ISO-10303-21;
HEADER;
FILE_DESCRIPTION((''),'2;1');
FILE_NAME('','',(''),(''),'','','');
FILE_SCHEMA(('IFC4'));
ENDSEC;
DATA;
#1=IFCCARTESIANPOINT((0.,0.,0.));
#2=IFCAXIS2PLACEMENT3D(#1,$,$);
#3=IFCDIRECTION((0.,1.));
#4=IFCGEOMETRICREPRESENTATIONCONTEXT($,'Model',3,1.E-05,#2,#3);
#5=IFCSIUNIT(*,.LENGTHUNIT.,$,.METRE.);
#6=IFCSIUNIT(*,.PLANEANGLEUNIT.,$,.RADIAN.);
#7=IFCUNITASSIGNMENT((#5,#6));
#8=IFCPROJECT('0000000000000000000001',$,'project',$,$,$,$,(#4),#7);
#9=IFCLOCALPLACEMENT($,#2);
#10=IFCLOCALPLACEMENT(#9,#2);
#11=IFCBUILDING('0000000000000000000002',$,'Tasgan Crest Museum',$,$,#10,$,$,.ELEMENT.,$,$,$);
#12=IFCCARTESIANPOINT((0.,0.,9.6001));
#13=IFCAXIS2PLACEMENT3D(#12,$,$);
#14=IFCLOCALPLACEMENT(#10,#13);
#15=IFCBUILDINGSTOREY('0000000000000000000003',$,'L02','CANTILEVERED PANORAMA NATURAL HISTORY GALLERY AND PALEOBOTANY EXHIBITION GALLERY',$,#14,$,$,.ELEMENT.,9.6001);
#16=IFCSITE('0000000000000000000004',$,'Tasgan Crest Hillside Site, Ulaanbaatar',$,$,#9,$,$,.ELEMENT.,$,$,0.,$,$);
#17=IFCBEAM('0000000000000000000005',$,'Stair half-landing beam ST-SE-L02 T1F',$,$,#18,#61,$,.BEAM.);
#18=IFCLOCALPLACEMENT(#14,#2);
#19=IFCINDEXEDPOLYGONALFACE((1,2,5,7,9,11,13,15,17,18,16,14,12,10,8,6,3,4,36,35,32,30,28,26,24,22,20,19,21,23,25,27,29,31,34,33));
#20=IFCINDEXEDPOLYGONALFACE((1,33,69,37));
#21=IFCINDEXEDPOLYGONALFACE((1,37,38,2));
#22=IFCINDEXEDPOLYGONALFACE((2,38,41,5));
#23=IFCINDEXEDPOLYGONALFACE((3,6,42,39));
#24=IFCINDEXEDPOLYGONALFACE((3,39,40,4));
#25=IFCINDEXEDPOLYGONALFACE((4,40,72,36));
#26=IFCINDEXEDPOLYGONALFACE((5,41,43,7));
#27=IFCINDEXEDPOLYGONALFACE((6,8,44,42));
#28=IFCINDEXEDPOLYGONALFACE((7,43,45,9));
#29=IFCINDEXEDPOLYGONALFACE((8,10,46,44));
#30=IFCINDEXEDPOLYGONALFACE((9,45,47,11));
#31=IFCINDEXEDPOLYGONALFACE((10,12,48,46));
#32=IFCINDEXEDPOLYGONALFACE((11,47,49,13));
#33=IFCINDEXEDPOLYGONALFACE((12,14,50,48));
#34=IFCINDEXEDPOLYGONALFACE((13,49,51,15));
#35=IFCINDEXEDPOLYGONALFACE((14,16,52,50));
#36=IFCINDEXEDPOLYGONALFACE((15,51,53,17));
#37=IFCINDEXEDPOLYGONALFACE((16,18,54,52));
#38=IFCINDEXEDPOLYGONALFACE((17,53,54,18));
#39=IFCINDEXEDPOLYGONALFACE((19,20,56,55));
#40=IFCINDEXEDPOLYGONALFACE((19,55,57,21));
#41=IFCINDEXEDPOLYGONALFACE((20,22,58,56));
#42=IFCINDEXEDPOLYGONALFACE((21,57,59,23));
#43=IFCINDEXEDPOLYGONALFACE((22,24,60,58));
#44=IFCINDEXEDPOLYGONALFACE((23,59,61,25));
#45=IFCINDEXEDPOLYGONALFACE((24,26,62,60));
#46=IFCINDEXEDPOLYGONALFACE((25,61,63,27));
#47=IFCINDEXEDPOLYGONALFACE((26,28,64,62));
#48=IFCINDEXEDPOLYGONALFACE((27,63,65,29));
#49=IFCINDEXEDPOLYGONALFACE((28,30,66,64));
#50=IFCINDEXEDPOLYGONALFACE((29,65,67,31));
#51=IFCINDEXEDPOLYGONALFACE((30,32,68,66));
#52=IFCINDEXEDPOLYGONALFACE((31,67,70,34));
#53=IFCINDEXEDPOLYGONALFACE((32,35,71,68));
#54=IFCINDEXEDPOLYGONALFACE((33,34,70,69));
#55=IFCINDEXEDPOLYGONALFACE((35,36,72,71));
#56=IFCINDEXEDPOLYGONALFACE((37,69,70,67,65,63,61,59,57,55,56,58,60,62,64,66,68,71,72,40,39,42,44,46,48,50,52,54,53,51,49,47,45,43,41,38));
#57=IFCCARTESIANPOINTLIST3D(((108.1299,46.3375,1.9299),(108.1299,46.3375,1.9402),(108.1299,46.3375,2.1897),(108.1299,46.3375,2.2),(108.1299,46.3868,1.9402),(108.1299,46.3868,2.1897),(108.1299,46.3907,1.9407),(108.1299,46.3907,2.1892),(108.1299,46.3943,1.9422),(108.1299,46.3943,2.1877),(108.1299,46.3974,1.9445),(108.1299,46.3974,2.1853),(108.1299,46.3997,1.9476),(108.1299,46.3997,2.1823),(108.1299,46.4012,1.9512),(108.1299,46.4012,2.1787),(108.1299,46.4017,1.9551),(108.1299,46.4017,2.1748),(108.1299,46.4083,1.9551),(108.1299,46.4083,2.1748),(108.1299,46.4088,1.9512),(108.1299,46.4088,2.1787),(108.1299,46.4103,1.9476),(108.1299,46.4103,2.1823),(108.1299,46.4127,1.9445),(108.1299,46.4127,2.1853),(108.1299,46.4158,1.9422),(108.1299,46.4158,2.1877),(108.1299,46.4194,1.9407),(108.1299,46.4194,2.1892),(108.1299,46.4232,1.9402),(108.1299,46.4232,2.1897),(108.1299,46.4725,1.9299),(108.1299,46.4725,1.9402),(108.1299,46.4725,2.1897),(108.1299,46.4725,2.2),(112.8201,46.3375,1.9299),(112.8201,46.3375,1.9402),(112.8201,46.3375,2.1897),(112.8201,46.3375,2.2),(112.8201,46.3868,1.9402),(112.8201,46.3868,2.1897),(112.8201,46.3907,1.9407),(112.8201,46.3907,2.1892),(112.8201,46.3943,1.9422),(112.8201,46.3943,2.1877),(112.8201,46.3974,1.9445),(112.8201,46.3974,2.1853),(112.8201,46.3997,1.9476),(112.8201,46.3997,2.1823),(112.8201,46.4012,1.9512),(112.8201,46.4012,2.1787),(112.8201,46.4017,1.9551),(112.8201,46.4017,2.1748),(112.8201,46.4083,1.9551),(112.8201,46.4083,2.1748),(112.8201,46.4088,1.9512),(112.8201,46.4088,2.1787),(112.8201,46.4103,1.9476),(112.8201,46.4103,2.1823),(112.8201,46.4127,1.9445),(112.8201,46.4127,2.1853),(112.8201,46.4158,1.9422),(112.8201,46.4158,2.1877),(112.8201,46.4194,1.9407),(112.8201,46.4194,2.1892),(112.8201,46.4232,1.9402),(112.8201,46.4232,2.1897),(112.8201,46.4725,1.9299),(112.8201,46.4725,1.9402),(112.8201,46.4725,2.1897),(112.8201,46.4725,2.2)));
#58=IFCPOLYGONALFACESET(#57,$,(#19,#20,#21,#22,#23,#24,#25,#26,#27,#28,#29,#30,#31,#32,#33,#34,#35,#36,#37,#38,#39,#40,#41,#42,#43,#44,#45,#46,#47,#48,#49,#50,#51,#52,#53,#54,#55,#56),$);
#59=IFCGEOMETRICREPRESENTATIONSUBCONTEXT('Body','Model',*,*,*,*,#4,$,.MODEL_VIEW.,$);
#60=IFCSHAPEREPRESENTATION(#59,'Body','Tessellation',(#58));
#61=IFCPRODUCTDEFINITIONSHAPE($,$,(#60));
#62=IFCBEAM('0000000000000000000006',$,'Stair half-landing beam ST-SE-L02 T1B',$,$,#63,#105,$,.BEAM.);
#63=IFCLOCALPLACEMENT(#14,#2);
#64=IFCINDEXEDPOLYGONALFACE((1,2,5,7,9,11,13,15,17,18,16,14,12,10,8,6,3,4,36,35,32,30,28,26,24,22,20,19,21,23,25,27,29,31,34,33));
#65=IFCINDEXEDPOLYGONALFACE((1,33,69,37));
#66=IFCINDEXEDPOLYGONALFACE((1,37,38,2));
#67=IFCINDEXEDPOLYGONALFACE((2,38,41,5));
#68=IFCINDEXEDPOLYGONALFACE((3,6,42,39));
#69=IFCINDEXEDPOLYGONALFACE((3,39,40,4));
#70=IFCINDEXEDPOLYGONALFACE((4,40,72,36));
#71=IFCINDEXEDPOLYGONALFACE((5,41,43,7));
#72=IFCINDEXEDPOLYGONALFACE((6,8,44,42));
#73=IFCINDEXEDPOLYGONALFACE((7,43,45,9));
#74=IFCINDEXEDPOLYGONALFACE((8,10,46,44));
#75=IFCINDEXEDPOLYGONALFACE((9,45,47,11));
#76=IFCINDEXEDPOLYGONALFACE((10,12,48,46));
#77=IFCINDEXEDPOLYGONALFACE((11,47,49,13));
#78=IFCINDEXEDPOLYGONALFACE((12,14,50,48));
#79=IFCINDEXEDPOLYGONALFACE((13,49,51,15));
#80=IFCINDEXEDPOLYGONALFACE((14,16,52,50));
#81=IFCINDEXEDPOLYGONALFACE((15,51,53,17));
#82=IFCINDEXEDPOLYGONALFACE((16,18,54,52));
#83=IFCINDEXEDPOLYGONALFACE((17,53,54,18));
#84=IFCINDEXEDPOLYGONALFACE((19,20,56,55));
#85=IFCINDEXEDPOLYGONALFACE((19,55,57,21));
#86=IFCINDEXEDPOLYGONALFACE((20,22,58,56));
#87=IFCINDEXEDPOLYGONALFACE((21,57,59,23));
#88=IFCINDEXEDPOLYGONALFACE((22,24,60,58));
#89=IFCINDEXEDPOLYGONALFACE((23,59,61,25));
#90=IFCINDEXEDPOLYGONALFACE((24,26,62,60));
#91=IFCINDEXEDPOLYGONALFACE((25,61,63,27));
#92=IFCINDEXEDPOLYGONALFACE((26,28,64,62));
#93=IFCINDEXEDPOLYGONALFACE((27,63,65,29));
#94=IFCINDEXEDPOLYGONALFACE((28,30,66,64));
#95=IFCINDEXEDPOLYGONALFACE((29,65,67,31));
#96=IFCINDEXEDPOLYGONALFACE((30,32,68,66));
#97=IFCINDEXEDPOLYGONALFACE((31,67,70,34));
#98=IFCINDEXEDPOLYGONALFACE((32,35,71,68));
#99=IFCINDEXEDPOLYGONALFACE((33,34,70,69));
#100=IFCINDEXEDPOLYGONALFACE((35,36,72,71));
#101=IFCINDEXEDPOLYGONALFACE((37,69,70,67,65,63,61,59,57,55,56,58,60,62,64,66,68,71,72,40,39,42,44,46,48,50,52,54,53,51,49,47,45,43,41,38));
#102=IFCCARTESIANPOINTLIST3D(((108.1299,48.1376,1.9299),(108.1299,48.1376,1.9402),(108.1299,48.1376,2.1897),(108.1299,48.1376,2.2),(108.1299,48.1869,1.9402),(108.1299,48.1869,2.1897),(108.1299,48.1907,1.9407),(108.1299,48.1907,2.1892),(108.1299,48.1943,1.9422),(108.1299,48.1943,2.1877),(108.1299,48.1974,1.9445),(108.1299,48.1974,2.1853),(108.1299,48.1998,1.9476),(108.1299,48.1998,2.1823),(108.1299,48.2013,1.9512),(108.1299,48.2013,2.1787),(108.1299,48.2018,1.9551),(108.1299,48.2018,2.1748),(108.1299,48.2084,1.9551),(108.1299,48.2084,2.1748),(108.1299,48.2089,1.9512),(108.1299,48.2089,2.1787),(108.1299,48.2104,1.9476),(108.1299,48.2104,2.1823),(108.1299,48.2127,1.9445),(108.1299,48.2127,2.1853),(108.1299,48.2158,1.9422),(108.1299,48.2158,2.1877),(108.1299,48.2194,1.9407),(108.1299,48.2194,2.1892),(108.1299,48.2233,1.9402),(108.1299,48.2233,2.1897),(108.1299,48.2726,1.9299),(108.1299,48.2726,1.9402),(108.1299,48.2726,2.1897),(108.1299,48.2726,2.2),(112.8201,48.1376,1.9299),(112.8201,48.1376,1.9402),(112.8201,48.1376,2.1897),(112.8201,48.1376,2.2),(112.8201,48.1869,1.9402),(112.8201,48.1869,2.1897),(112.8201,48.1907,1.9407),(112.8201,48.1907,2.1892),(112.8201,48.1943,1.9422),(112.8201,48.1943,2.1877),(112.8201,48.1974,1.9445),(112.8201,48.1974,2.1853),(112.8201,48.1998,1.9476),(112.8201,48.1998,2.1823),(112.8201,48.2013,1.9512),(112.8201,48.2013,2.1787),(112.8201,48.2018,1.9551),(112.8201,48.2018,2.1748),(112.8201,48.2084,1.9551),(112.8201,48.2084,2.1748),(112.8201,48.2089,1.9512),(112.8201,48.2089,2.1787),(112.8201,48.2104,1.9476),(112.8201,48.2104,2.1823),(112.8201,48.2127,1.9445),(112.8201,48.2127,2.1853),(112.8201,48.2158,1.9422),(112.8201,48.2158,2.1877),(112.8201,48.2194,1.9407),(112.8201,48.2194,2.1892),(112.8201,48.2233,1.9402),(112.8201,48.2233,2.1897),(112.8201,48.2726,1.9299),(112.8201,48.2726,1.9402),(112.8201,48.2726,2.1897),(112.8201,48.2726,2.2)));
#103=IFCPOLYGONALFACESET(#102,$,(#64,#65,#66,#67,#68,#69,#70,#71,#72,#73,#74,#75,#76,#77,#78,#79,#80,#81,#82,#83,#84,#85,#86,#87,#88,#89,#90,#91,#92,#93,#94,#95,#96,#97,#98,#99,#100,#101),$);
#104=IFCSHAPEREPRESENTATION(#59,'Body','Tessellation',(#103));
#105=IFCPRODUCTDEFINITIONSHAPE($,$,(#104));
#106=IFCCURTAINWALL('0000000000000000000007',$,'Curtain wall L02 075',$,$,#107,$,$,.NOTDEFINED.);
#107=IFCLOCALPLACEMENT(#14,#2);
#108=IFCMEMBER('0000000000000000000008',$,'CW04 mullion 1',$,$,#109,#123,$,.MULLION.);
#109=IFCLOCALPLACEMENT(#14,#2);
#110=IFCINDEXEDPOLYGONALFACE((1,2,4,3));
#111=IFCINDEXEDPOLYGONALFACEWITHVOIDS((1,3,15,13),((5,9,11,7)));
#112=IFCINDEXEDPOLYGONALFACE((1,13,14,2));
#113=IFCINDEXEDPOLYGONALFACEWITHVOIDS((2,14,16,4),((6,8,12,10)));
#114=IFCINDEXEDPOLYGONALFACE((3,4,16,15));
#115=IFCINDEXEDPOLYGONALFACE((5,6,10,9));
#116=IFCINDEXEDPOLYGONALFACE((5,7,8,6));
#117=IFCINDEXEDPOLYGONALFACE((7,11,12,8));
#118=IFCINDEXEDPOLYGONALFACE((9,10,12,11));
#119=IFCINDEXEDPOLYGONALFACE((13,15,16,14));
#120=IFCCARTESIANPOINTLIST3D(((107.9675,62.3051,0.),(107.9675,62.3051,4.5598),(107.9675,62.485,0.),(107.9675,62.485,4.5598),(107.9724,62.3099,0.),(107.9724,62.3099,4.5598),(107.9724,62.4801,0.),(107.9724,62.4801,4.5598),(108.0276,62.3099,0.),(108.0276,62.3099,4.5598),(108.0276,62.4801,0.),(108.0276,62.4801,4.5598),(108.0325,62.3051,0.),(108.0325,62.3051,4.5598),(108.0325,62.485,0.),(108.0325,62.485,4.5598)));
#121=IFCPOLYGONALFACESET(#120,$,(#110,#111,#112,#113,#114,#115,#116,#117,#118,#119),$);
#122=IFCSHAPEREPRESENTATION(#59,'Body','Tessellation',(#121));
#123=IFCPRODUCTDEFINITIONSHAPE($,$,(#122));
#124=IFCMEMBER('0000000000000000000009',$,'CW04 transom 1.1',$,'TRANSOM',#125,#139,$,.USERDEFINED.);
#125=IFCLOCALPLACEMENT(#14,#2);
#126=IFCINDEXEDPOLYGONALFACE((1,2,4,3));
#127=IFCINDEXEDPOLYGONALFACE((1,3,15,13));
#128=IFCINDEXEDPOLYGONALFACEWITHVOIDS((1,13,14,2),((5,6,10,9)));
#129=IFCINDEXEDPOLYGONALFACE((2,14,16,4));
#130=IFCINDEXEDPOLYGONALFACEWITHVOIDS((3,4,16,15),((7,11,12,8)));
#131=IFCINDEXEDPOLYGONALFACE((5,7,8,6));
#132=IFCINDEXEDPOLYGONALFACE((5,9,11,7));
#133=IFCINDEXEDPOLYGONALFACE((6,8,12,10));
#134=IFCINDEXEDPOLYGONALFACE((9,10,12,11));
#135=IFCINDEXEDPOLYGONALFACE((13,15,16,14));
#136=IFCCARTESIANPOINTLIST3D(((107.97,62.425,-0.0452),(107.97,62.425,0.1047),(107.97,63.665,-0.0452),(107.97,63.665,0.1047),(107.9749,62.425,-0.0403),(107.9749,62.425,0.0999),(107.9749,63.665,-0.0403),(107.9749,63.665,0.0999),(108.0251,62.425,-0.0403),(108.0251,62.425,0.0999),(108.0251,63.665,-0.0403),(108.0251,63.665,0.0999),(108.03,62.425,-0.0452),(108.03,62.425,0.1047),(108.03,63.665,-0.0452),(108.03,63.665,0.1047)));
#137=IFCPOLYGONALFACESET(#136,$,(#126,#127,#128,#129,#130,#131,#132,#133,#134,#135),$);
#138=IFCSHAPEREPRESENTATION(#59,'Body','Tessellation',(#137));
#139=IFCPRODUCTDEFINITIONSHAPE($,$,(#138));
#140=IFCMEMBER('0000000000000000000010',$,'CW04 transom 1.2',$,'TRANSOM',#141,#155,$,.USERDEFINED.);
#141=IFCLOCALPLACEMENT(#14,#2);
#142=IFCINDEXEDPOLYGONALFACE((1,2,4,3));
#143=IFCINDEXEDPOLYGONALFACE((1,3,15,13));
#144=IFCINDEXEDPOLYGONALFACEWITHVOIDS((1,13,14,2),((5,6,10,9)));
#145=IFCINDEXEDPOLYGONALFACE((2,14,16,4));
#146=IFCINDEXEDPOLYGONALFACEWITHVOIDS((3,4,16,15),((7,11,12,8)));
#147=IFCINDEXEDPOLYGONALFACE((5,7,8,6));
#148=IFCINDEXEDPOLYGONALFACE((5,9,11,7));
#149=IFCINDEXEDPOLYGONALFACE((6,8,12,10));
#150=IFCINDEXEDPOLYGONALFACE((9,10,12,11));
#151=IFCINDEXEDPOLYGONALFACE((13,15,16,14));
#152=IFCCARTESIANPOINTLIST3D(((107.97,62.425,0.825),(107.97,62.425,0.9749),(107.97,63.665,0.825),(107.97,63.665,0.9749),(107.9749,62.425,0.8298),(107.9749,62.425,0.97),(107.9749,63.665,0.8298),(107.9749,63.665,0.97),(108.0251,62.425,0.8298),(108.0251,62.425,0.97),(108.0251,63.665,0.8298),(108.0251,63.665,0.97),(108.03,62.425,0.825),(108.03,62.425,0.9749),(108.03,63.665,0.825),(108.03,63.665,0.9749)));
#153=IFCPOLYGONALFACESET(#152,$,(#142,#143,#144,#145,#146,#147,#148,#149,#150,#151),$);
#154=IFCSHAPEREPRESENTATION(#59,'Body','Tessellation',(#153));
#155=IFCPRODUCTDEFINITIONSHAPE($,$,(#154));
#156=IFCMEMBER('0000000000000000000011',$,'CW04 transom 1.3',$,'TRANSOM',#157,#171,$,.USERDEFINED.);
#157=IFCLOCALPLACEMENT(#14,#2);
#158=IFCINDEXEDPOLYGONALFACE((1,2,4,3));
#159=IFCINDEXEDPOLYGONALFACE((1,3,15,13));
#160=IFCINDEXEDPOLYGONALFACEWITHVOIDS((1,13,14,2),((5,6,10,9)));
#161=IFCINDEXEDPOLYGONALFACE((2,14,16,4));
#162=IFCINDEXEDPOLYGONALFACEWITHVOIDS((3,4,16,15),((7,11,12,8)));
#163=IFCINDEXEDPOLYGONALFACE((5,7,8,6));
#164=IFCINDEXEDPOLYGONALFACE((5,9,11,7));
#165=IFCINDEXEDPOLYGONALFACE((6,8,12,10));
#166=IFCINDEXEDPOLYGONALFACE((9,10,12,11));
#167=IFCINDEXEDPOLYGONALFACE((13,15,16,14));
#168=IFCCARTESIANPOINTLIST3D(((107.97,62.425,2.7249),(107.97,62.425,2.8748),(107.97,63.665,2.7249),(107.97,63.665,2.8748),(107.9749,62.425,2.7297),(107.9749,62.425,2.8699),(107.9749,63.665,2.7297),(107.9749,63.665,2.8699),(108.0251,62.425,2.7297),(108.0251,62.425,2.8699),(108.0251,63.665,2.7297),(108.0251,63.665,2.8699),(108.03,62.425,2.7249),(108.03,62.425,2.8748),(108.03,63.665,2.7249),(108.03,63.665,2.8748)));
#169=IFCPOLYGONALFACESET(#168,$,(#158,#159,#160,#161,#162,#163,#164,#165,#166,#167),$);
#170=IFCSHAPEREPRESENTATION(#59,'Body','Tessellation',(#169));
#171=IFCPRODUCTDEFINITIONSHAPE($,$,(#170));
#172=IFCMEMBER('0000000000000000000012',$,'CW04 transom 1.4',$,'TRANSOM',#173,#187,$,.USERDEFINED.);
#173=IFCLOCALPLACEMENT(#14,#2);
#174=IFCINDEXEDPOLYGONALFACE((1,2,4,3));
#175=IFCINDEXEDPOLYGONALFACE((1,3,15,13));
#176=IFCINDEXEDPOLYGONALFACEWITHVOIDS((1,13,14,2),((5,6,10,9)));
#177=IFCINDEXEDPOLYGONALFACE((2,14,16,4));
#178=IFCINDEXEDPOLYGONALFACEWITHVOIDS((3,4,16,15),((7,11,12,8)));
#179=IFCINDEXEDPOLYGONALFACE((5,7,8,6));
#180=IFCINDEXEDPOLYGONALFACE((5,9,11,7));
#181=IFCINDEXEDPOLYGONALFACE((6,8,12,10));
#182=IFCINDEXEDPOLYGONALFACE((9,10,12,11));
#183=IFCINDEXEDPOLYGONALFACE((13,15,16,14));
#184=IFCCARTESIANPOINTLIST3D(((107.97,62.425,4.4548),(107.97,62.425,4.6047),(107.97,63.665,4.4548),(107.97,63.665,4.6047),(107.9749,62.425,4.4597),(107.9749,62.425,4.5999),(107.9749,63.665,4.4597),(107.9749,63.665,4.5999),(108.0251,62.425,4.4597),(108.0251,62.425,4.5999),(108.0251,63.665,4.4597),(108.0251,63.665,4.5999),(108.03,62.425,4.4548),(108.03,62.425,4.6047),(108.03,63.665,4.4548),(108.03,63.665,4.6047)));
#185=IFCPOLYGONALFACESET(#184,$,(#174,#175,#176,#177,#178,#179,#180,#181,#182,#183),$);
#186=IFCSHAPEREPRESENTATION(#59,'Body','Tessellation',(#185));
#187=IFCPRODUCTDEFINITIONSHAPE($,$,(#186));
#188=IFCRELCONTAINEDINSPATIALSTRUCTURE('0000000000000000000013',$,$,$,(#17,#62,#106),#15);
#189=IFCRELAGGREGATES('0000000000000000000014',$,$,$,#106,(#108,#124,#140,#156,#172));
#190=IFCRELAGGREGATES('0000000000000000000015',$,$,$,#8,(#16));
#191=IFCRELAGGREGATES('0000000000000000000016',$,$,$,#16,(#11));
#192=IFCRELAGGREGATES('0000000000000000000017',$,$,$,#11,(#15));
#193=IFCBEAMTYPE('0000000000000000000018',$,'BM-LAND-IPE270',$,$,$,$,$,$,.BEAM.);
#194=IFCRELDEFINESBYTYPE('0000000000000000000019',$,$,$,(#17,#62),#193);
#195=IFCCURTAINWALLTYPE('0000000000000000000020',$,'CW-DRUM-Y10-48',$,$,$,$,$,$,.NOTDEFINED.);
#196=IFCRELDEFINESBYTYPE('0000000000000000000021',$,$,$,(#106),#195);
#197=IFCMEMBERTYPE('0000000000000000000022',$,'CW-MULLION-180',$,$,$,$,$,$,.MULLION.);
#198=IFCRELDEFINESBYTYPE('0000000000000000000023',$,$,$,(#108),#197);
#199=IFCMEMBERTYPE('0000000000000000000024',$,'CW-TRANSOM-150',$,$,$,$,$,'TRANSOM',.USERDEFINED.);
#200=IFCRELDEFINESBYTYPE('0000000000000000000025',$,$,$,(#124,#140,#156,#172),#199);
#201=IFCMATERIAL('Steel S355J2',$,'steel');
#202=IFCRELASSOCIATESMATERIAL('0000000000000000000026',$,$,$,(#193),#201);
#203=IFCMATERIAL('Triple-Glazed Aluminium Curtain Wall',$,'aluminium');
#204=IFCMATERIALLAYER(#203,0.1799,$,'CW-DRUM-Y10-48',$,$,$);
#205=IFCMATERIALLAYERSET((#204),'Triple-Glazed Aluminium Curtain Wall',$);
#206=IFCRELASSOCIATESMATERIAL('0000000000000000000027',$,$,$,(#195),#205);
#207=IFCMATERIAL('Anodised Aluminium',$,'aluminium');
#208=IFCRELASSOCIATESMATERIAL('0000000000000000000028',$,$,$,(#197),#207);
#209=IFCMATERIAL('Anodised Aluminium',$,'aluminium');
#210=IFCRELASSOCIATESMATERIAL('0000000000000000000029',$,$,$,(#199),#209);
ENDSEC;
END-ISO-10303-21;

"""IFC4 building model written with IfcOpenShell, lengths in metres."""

from ifc_helpers import new_model, si_unit, direction, frame, origin, origin_2d, place, context, subcontext, project, spatial, hollow_rectangle, i_section, extrude, material, layer, layer_set, material_profile, profile_set, type_object, element, aggregate, save


model = new_model("IFC4")

# Units and contexts
model_context = context("Model", 3, precision=1e-05, world=origin(), true_north=direction((0.0, 1.0)))
body_context = subcontext(model_context, "Body", "Model", "MODEL_VIEW")
ifc_project = project(units=[si_unit("LENGTHUNIT", "METRE"), si_unit("PLANEANGLEUNIT", "RADIAN")], contexts=[model_context])

# Site, building, storey
site_placement = place(None, origin())
site = spatial("IfcSite", under=ifc_project, at=site_placement, Name="Tasgan Crest Hillside Site, Ulaanbaatar", CompositionType="ELEMENT", RefElevation=0.0)
building_placement = place(site_placement, origin())
building = spatial("IfcBuilding", under=site, at=building_placement, Name="Tasgan Crest Museum", CompositionType="ELEMENT")
storey_placement = place(building_placement, frame((0.0, 0.0, 9.6001)))
storey = spatial("IfcBuildingStorey", under=building, at=storey_placement, Name="L02", Description="CANTILEVERED PANORAMA NATURAL HISTORY GALLERY AND PALEOBOTANY EXHIBITION GALLERY", CompositionType="ELEMENT", Elevation=9.6001)

# Beams
ifc_material_1 = material(Name="Steel S355J2", Category="steel")
ifc_material_profile_1 = material_profile(ifc_material_1, i_section(OverallWidth=0.135, OverallDepth=0.27, WebThickness=0.0066, FlangeThickness=0.0103, FilletRadius=0.0149, at=origin_2d()), Name="IPE 270")
ifc_profile_set_1 = profile_set([ifc_material_profile_1], Name="Steel S355J2")
beam_type_1 = type_object("IfcBeamType", Name="BM-LAND-IPE270", PredefinedType="BEAM", material=ifc_profile_set_1)
for number, where, z_axis, x_axis, name in (
    (1, (108.1299, 46.405, 2.0649), (1.0, 0.0, 0.0), (0.0, 1.0, 0.0), "Stair half-landing beam ST-SE-L02 T1F"),
    (2, (108.1299, 48.2051, 2.0649), (1.0, 0.0, 0.0), (0.0, 1.0, 0.0), "Stair half-landing beam ST-SE-L02 T1B"),
):
    element("IfcBeam", number, at=place(storey_placement, frame(where, z_axis=z_axis, x_axis=x_axis)), inside=storey, type_object=beam_type_1, Name=name, PredefinedType="BEAM", context=body_context, shape_type="SweptSolid", body=[
        extrude(i_section(OverallWidth=0.135, OverallDepth=0.27, WebThickness=0.0066, FlangeThickness=0.0103, FilletRadius=0.0149, at=origin_2d()), origin(), (0.0, 0.0, 1.0), 4.6902),
    ])

# Curtain wall, members
ifc_material_2 = material(Name="Triple-Glazed Aluminium Curtain Wall", Category="aluminium")
ifc_layer_1 = layer(ifc_material_2, 0.1799, Name="CW-DRUM-Y10-48")
ifc_layer_set_1 = layer_set([ifc_layer_1], Name="Triple-Glazed Aluminium Curtain Wall")
curtain_wall_type = type_object("IfcCurtainWallType", Name="CW-DRUM-Y10-48", PredefinedType="NOTDEFINED", material=ifc_layer_set_1)
curtain_wall_placement = place(storey_placement, origin())
curtain_wall = element("IfcCurtainWall", 3, at=curtain_wall_placement, inside=storey, type_object=curtain_wall_type, Name="Curtain wall L02 075", PredefinedType="NOTDEFINED")
ifc_material_3 = material(Name="Anodised Aluminium", Category="aluminium")
ifc_material_profile_2 = material_profile(ifc_material_3, hollow_rectangle(XDim=0.0649, YDim=0.1799, WallThickness=0.0049, at=origin_2d()), Name="ALU MULLION 180x65x5")
ifc_profile_set_2 = profile_set([ifc_material_profile_2], Name="Anodised Aluminium")
member_type_1 = type_object("IfcMemberType", Name="CW-MULLION-180", PredefinedType="MULLION", material=ifc_profile_set_2)
member_1_placement = place(storey_placement, frame((108.0, 62.395, 0.0), z_axis=(0.0, 0.0, 1.0), x_axis=(-1.0, 0.0, 0.0)))
member_1 = element("IfcMember", 4, at=member_1_placement, type_object=member_type_1, Name="CW04 mullion 1", PredefinedType="MULLION", context=body_context, shape_type="SweptSolid", body=[
    extrude(hollow_rectangle(XDim=0.0649, YDim=0.1799, WallThickness=0.0049, at=origin_2d()), origin(), (0.0, 0.0, 1.0), 4.5598),
])
ifc_material_4 = material(Name="Anodised Aluminium", Category="aluminium")
ifc_material_profile_3 = material_profile(ifc_material_4, hollow_rectangle(XDim=0.0601, YDim=0.1499, WallThickness=0.0049, at=origin_2d()), Name="ALU TRANSOM 150x60x5")
ifc_profile_set_3 = profile_set([ifc_material_profile_3], Name="Anodised Aluminium")
member_type_2 = type_object("IfcMemberType", Name="CW-TRANSOM-150", ElementType="TRANSOM", PredefinedType="USERDEFINED", material=ifc_profile_set_3)
member_2_placement = place(storey_placement, frame((108.0, 62.425, 0.0298), z_axis=(0.0, 1.0, 0.0), x_axis=(-1.0, 0.0, 0.0)))
member_2 = element("IfcMember", 5, at=member_2_placement, type_object=member_type_2, Name="CW04 transom 1.1", ObjectType="TRANSOM", PredefinedType="USERDEFINED", context=body_context, shape_type="SweptSolid", body=[
    extrude(hollow_rectangle(XDim=0.0601, YDim=0.1499, WallThickness=0.0049, at=origin_2d()), origin(), (0.0, 0.0, 1.0), 1.24),
])
member_3_placement = place(storey_placement, frame((108.0, 62.425, 0.8999), z_axis=(0.0, 1.0, 0.0), x_axis=(-1.0, 0.0, 0.0)))
member_3 = element("IfcMember", 6, at=member_3_placement, type_object=member_type_2, Name="CW04 transom 1.2", ObjectType="TRANSOM", PredefinedType="USERDEFINED", context=body_context, shape_type="SweptSolid", body=[
    extrude(hollow_rectangle(XDim=0.0601, YDim=0.1499, WallThickness=0.0049, at=origin_2d()), origin(), (0.0, 0.0, 1.0), 1.24),
])
member_4_placement = place(storey_placement, frame((108.0, 62.425, 2.7998), z_axis=(0.0, 1.0, 0.0), x_axis=(-1.0, 0.0, 0.0)))
member_4 = element("IfcMember", 7, at=member_4_placement, type_object=member_type_2, Name="CW04 transom 1.3", ObjectType="TRANSOM", PredefinedType="USERDEFINED", context=body_context, shape_type="SweptSolid", body=[
    extrude(hollow_rectangle(XDim=0.0601, YDim=0.1499, WallThickness=0.0049, at=origin_2d()), origin(), (0.0, 0.0, 1.0), 1.24),
])
member_5_placement = place(storey_placement, frame((108.0, 62.425, 4.5298), z_axis=(0.0, 1.0, 0.0), x_axis=(-1.0, 0.0, 0.0)))
member_5 = element("IfcMember", 8, at=member_5_placement, type_object=member_type_2, Name="CW04 transom 1.4", ObjectType="TRANSOM", PredefinedType="USERDEFINED", context=body_context, shape_type="SweptSolid", body=[
    extrude(hollow_rectangle(XDim=0.0601, YDim=0.1499, WallThickness=0.0049, at=origin_2d()), origin(), (0.0, 0.0, 1.0), 1.24),
])
aggregate(curtain_wall, [member_1, member_2, member_3, member_4, member_5])

save(model, "model.ifc")
